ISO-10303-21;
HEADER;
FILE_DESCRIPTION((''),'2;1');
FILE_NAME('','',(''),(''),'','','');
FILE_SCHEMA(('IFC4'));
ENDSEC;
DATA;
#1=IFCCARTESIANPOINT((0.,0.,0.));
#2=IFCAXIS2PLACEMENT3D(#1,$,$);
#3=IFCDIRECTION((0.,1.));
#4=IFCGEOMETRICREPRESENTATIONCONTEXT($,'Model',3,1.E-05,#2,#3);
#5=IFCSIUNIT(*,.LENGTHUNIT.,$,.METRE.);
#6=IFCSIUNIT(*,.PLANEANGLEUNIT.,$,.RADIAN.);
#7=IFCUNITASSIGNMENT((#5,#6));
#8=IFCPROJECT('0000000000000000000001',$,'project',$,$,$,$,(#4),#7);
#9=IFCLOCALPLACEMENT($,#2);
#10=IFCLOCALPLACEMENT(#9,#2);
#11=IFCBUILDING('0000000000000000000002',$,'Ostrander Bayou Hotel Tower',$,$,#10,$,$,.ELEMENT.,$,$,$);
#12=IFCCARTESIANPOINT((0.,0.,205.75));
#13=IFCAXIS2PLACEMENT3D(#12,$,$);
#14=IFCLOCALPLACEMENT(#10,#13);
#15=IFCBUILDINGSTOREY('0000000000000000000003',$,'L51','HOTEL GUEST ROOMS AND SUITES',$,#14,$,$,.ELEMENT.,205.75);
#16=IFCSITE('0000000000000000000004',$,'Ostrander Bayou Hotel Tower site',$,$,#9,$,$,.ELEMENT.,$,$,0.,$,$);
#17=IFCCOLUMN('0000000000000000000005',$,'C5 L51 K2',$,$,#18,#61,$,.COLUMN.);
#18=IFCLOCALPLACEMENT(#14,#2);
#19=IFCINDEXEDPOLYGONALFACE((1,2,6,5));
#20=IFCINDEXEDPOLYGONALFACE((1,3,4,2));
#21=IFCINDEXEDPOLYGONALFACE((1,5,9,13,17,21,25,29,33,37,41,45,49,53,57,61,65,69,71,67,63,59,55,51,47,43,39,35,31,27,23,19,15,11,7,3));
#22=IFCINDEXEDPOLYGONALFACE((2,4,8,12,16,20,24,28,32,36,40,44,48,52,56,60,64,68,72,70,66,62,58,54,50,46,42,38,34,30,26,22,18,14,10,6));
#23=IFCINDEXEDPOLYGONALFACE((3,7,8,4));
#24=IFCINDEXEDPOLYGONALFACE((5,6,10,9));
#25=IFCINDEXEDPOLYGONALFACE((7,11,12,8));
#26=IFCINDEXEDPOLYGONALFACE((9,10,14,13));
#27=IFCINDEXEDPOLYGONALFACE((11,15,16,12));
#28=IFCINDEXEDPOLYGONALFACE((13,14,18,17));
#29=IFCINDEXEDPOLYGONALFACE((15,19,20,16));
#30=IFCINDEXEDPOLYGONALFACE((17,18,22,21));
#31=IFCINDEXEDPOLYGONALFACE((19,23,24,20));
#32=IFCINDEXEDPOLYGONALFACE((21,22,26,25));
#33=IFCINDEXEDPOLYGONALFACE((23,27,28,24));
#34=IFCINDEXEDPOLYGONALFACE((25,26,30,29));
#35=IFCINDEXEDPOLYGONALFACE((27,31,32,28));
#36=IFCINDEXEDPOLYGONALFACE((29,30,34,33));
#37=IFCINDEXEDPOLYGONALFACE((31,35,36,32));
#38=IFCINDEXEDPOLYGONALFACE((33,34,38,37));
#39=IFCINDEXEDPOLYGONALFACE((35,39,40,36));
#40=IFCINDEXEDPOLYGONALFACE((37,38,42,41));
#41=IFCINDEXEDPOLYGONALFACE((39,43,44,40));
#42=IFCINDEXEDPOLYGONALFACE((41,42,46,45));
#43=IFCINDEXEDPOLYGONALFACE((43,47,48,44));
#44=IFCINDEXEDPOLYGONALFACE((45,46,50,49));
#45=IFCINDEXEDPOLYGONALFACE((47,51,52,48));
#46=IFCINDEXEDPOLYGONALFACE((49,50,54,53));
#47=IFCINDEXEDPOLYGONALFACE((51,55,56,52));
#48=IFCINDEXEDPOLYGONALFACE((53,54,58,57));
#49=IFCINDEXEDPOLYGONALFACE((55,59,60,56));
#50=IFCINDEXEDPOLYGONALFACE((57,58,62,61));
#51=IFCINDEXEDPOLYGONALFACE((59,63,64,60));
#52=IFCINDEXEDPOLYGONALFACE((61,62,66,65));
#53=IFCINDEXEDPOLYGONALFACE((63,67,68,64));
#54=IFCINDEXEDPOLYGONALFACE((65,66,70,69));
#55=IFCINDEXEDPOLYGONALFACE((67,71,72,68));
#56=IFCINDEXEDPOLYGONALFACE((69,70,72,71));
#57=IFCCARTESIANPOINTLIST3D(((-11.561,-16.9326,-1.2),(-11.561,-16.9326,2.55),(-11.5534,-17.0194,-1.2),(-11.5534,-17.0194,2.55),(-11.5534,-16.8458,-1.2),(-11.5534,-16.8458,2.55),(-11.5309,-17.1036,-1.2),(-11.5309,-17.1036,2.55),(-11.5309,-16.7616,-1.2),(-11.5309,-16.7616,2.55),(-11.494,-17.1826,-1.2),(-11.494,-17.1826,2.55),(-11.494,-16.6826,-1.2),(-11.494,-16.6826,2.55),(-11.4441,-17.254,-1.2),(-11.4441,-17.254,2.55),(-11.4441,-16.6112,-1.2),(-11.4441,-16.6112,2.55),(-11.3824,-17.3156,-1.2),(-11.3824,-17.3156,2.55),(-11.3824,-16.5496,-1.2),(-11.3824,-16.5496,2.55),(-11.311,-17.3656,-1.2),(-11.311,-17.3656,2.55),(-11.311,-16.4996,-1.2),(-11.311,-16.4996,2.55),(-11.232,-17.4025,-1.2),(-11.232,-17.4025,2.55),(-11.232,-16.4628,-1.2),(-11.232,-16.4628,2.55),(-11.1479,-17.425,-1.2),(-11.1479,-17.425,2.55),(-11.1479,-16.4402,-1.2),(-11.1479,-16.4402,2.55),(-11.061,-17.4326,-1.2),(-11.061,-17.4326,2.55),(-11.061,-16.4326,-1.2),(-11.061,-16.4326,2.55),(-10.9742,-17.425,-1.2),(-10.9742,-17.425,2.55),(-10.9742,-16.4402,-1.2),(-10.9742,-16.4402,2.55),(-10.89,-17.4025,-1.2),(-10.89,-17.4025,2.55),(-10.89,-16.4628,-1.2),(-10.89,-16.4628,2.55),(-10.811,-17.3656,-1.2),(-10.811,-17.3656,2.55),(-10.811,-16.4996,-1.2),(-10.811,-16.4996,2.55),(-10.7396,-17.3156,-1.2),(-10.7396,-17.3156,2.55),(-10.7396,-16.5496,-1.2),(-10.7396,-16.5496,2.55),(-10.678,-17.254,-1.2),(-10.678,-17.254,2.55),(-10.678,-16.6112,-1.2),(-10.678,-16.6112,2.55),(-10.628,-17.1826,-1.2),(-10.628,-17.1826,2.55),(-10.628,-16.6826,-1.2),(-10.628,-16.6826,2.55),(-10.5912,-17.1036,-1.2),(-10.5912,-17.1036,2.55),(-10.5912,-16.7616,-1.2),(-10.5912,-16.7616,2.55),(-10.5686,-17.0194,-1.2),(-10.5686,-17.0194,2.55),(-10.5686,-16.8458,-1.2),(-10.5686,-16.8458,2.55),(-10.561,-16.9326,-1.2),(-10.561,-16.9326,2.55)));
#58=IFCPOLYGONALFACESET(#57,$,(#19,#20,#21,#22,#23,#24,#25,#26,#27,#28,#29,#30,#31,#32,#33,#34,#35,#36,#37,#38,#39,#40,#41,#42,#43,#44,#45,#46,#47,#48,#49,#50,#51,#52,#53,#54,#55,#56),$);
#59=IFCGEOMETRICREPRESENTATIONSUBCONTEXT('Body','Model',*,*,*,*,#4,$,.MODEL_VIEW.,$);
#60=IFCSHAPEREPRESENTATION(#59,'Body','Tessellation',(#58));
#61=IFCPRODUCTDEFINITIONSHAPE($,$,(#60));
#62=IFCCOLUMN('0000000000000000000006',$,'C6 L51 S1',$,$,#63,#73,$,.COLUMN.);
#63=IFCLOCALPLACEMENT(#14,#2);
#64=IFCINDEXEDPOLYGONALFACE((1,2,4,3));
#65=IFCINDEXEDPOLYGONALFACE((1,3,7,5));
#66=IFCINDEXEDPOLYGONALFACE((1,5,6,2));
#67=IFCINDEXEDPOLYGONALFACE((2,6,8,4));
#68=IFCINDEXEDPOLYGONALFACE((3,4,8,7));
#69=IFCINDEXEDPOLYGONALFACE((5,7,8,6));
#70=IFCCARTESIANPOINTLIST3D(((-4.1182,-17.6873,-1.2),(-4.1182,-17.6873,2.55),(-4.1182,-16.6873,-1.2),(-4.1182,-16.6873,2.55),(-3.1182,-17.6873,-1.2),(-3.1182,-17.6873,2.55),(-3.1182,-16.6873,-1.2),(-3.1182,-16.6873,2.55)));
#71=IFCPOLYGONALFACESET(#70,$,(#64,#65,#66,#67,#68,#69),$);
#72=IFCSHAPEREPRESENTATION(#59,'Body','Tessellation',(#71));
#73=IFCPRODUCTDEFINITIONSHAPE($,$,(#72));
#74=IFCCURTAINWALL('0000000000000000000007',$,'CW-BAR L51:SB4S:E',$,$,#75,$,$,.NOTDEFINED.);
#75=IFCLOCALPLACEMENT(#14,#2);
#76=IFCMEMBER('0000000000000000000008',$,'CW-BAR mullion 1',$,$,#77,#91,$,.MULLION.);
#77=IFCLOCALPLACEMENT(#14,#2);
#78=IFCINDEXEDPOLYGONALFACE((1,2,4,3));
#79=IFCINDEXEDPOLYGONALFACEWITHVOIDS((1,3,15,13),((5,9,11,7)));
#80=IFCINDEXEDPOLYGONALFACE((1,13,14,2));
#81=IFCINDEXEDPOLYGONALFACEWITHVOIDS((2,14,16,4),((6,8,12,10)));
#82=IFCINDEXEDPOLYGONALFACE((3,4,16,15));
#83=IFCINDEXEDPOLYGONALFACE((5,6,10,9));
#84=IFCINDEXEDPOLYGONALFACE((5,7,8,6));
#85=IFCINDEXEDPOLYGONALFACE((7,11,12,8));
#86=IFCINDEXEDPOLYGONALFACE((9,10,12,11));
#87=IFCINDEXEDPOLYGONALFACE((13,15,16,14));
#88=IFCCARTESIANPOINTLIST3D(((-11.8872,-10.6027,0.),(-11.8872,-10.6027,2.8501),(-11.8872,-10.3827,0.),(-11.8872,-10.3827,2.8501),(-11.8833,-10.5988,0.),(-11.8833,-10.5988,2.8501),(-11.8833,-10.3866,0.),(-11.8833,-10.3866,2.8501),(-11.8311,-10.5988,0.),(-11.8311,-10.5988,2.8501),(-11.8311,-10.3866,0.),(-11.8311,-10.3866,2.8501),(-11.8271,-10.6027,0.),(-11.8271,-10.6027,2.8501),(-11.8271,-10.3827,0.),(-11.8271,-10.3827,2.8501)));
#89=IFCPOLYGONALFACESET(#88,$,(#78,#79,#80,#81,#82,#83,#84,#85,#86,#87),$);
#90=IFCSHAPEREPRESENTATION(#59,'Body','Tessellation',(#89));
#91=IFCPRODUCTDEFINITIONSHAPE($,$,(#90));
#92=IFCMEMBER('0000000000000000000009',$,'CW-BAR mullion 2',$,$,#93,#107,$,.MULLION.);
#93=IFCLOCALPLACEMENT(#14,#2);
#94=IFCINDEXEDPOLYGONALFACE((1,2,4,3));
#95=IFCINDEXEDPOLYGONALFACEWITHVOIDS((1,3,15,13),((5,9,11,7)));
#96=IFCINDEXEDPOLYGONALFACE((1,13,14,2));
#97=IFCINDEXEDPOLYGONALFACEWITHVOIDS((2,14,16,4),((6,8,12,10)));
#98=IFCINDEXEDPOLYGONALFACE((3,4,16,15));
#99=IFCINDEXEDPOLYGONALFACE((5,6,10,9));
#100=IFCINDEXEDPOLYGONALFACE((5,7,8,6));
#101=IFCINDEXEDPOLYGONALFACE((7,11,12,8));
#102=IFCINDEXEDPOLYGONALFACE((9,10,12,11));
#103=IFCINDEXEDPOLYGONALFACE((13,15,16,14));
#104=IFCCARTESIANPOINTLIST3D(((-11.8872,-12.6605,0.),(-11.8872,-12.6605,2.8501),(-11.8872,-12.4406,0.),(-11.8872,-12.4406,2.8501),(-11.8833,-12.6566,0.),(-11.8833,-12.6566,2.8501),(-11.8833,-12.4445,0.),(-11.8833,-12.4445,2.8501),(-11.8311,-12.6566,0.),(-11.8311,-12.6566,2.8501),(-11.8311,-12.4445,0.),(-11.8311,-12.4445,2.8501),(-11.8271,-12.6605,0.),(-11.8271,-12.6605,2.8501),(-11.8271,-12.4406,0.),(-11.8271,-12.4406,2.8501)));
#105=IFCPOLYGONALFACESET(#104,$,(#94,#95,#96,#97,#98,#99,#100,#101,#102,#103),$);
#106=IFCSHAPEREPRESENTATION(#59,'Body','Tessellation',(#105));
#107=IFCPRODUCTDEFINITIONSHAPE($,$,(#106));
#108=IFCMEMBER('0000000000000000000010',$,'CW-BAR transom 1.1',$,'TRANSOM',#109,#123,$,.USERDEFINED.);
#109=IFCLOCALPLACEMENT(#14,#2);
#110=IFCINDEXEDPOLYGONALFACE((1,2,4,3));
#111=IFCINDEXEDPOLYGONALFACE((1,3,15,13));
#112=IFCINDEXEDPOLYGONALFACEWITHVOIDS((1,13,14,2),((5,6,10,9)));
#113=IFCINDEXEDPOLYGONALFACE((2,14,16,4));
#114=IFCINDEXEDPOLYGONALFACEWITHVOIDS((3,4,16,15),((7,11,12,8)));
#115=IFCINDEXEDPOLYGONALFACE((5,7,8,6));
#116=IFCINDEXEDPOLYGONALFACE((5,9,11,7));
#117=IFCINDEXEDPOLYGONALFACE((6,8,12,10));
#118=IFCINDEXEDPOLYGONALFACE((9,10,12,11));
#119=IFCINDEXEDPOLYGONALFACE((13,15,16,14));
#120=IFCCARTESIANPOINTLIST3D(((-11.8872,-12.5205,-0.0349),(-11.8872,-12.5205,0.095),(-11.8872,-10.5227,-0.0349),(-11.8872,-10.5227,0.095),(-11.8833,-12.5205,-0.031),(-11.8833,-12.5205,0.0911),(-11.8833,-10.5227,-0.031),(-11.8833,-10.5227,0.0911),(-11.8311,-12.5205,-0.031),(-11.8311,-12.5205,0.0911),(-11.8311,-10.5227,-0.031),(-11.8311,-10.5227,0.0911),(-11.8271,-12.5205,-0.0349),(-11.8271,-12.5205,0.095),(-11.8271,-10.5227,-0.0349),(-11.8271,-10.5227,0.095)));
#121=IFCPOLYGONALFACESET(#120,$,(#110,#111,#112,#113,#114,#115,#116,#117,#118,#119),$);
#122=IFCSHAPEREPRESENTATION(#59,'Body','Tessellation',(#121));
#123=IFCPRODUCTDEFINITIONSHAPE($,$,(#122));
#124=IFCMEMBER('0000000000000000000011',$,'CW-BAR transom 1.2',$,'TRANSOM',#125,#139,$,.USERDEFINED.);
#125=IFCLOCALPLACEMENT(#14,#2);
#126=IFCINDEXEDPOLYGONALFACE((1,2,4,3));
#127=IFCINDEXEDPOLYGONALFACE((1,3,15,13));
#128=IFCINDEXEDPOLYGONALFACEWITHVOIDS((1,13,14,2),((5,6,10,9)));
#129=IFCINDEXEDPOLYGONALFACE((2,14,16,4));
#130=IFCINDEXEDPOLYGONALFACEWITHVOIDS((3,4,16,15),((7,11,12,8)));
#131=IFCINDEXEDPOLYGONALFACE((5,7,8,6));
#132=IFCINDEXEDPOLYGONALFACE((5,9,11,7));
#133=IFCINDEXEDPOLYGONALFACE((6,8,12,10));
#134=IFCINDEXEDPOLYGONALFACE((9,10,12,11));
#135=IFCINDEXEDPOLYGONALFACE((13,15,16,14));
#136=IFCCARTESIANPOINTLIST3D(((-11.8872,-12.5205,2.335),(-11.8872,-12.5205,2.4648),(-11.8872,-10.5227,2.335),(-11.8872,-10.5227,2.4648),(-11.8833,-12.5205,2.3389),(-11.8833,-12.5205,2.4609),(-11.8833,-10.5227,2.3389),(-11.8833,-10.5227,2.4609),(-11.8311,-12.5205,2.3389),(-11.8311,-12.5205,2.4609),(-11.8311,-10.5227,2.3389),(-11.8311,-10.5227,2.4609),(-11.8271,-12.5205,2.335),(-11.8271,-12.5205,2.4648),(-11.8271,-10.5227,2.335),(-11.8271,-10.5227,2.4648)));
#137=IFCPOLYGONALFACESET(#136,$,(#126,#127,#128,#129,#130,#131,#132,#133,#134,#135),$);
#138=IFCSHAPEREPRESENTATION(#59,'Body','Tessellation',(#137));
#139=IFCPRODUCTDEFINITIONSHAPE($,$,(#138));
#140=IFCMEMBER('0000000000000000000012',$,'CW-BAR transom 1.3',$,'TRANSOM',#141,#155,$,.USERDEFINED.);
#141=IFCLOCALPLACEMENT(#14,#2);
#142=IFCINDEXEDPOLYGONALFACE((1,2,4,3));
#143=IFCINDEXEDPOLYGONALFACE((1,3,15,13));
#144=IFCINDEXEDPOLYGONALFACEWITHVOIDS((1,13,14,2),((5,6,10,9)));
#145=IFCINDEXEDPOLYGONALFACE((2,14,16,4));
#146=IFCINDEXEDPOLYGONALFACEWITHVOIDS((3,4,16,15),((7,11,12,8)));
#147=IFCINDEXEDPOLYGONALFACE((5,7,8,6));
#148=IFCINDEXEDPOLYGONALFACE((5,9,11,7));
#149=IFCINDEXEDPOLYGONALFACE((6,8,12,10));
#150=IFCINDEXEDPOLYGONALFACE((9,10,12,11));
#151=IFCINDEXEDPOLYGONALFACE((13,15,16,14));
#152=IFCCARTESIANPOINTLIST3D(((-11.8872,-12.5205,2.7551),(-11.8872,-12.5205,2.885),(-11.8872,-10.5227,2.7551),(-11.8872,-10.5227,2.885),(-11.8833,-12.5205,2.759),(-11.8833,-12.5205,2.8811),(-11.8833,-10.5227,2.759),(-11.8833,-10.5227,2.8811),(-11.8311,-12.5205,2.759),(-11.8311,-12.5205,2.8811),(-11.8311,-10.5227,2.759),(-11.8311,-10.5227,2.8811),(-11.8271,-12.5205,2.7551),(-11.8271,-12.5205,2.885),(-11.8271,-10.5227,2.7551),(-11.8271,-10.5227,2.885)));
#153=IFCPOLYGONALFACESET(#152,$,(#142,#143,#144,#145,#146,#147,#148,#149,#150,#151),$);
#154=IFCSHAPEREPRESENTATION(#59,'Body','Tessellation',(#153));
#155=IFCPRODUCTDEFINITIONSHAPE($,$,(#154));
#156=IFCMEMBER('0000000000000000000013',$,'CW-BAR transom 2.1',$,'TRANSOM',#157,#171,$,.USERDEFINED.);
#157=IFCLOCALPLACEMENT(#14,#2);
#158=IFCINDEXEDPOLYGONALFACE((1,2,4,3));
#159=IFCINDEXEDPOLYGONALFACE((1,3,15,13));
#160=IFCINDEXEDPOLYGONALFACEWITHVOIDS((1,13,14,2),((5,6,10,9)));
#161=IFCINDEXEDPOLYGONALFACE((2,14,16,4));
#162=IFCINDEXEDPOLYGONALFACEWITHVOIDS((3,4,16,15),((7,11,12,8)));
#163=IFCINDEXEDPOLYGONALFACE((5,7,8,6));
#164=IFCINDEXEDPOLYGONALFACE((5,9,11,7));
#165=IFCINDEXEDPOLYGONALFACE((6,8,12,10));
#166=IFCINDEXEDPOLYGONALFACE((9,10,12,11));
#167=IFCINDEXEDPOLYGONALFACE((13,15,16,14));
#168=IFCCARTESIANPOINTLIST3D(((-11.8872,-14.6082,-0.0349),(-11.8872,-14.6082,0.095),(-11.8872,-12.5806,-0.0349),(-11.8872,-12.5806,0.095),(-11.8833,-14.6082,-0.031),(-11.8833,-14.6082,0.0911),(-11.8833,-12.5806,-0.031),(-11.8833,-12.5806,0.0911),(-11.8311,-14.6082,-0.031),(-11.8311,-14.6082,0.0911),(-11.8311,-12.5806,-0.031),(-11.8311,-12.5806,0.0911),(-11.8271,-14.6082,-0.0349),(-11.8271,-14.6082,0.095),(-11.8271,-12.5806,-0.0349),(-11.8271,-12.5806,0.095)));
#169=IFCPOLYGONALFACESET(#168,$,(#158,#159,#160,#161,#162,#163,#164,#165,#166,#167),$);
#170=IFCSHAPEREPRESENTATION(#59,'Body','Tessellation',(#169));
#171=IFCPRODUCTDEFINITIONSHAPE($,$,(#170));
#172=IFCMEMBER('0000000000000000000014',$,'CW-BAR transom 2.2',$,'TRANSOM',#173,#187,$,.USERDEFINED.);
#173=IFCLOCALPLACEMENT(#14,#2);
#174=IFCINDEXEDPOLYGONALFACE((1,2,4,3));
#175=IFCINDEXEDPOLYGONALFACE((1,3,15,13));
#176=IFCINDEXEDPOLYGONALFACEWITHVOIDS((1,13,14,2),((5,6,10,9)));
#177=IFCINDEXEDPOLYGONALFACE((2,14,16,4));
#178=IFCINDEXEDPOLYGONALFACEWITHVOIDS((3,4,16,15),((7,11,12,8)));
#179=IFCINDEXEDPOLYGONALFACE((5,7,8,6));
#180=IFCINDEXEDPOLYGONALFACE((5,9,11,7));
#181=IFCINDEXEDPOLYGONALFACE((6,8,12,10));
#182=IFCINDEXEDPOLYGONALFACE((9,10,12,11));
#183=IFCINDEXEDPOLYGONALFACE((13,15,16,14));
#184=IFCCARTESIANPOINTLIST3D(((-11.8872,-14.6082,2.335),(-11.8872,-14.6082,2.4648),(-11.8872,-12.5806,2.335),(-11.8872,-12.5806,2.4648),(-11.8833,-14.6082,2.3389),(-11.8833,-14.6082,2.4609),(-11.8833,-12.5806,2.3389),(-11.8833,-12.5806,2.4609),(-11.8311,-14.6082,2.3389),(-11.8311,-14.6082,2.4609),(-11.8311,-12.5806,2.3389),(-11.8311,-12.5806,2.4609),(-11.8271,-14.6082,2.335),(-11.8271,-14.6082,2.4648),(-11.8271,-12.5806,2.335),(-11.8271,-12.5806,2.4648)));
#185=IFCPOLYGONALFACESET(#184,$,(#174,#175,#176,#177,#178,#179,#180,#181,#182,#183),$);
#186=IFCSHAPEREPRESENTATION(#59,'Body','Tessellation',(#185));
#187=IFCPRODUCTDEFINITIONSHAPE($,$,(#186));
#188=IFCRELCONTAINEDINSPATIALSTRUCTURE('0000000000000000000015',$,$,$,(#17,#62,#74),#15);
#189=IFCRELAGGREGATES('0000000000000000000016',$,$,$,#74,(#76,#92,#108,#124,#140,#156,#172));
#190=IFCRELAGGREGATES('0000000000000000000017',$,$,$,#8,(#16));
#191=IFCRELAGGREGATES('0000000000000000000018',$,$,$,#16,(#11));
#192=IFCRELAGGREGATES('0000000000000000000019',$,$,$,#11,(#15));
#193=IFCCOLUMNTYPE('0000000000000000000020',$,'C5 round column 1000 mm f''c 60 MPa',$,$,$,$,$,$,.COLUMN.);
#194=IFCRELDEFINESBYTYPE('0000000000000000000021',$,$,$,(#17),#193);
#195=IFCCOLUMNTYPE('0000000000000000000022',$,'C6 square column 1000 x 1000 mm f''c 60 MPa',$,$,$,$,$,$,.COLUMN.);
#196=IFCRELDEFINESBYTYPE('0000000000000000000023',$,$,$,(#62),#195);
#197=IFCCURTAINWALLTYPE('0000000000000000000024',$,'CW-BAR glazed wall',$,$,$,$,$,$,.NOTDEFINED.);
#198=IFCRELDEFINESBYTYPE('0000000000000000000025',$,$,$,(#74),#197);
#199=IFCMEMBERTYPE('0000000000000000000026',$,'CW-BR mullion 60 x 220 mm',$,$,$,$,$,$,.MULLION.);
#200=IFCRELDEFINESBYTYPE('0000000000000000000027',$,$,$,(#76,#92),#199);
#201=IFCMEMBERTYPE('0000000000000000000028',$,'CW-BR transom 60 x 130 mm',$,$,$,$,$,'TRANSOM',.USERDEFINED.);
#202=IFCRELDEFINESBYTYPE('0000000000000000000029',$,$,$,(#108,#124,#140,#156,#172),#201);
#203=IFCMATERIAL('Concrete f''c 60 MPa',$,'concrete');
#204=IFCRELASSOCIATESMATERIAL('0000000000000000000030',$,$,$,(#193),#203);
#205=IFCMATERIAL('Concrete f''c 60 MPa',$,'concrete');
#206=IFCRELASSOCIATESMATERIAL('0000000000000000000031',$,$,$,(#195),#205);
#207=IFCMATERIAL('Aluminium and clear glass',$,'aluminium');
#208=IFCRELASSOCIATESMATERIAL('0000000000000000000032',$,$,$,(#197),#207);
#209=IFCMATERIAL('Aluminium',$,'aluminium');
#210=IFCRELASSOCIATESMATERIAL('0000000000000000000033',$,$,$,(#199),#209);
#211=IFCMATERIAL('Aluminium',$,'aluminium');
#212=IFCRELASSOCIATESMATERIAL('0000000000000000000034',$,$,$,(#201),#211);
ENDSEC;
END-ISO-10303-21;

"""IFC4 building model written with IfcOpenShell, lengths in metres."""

from ifc_helpers import new_model, si_unit, direction, frame, origin, origin_2d, place, context, subcontext, project, spatial, rectangle, hollow_rectangle, circle, extrude, material, material_profile, profile_set, type_object, element, aggregate, save


model = new_model("IFC4")

# Units and contexts
model_context = context("Model", 3, precision=1e-05, world=origin(), true_north=direction((0.0, 1.0)))
body_context = subcontext(model_context, "Body", "Model", "MODEL_VIEW")
ifc_project = project(units=[si_unit("LENGTHUNIT", "METRE"), si_unit("PLANEANGLEUNIT", "RADIAN")], contexts=[model_context])

# Site, building, storey
site_placement = place(None, origin())
site = spatial("IfcSite", under=ifc_project, at=site_placement, Name="Ostrander Bayou Hotel Tower site", CompositionType="ELEMENT", RefElevation=0.0)
building_placement = place(site_placement, origin())
building = spatial("IfcBuilding", under=site, at=building_placement, Name="Ostrander Bayou Hotel Tower", CompositionType="ELEMENT")
storey_placement = place(building_placement, frame((0.0, 0.0, 205.75)))
storey = spatial("IfcBuildingStorey", under=building, at=storey_placement, Name="L51", Description="HOTEL GUEST ROOMS AND SUITES", CompositionType="ELEMENT", Elevation=205.75)

# Columns
ifc_material_1 = material(Name="Concrete f'c 60 MPa", Category="concrete")
ifc_material_profile_1 = material_profile(ifc_material_1, circle(Radius=0.5, at=origin_2d()))
ifc_profile_set_1 = profile_set([ifc_material_profile_1], Name="Concrete f'c 60 MPa")
column_type_1 = type_object("IfcColumnType", Name="C5 round column 1000 mm f'c 60 MPa", PredefinedType="COLUMN", material=ifc_profile_set_1)
column_1_placement = place(storey_placement, frame((-11.061, -16.9326, -1.2), z_axis=(0.0, 0.0, 1.0), x_axis=(1.0, 0.0, 0.0)))
element("IfcColumn", 1, at=column_1_placement, inside=storey, type_object=column_type_1, Name="C5 L51 K2", PredefinedType="COLUMN", context=body_context, shape_type="SweptSolid", body=[
    extrude(circle(Radius=0.5, at=origin_2d()), origin(), (0.0, 0.0, 1.0), 3.75),
])
ifc_material_2 = material(Name="Concrete f'c 60 MPa", Category="concrete")
ifc_material_profile_2 = material_profile(ifc_material_2, rectangle(XDim=1.0, YDim=1.0, at=origin_2d()))
ifc_profile_set_2 = profile_set([ifc_material_profile_2], Name="Concrete f'c 60 MPa")
column_type_2 = type_object("IfcColumnType", Name="C6 square column 1000 x 1000 mm f'c 60 MPa", PredefinedType="COLUMN", material=ifc_profile_set_2)
column_2_placement = place(storey_placement, frame((-3.6182, -17.1873, -1.2), z_axis=(0.0, 0.0, 1.0), x_axis=(-1.0, 0.0, 0.0)))
element("IfcColumn", 2, at=column_2_placement, inside=storey, type_object=column_type_2, Name="C6 L51 S1", PredefinedType="COLUMN", context=body_context, shape_type="SweptSolid", body=[
    extrude(rectangle(XDim=1.0, YDim=1.0, at=origin_2d()), origin(), (0.0, 0.0, 1.0), 3.75),
])

# Curtain wall, members
ifc_material_3 = material(Name="Aluminium and clear glass", Category="aluminium")
curtain_wall_type = type_object("IfcCurtainWallType", Name="CW-BAR glazed wall", PredefinedType="NOTDEFINED", material=ifc_material_3)
curtain_wall_placement = place(storey_placement, origin())
curtain_wall = element("IfcCurtainWall", 3, at=curtain_wall_placement, inside=storey, type_object=curtain_wall_type, Name="CW-BAR L51:SB4S:E", PredefinedType="NOTDEFINED")
ifc_material_4 = material(Name="Aluminium", Category="aluminium")
ifc_material_profile_3 = material_profile(ifc_material_4, hollow_rectangle(XDim=0.0601, YDim=0.22, WallThickness=0.0039, at=origin_2d()))
ifc_profile_set_3 = profile_set([ifc_material_profile_3], Name="Aluminium")
member_type_1 = type_object("IfcMemberType", Name="CW-BR mullion 60 x 220 mm", PredefinedType="MULLION", material=ifc_profile_set_3)
member_1_placement = place(storey_placement, frame((-11.8572, -10.4927, 0.0), z_axis=(0.0, 0.0, 1.0), x_axis=(1.0, 0.0, 0.0)))
member_1 = element("IfcMember", 4, at=member_1_placement, type_object=member_type_1, Name="CW-BAR mullion 1", PredefinedType="MULLION", context=body_context, shape_type="SweptSolid", body=[
    extrude(hollow_rectangle(XDim=0.0601, YDim=0.22, WallThickness=0.0039, at=origin_2d()), origin(), (0.0, 0.0, 1.0), 2.8501),
])
member_2_placement = place(storey_placement, frame((-11.8572, -12.5505, 0.0), z_axis=(0.0, 0.0, 1.0), x_axis=(1.0, 0.0, 0.0)))
member_2 = element("IfcMember", 5, at=member_2_placement, type_object=member_type_1, Name="CW-BAR mullion 2", PredefinedType="MULLION", context=body_context, shape_type="SweptSolid", body=[
    extrude(hollow_rectangle(XDim=0.0601, YDim=0.22, WallThickness=0.0039, at=origin_2d()), origin(), (0.0, 0.0, 1.0), 2.8501),
])
ifc_material_5 = material(Name="Aluminium", Category="aluminium")
ifc_material_profile_4 = material_profile(ifc_material_5, hollow_rectangle(XDim=0.0601, YDim=0.1299, WallThickness=0.0039, at=origin_2d()))
ifc_profile_set_4 = profile_set([ifc_material_profile_4], Name="Aluminium")
member_type_2 = type_object("IfcMemberType", Name="CW-BR transom 60 x 130 mm", ElementType="TRANSOM", PredefinedType="USERDEFINED", material=ifc_profile_set_4)
member_3_placement = place(storey_placement, frame((-11.8572, -10.5227, 0.03), z_axis=(0.0, -1.0, 0.0), x_axis=(1.0, 0.0, 0.0)))
member_3 = element("IfcMember", 6, at=member_3_placement, type_object=member_type_2, Name="CW-BAR transom 1.1", ObjectType="TRANSOM", PredefinedType="USERDEFINED", context=body_context, shape_type="SweptSolid", body=[
    extrude(hollow_rectangle(XDim=0.0601, YDim=0.1299, WallThickness=0.0039, at=origin_2d()), origin(), (0.0, 0.0, 1.0), 1.9978),
])
member_4_placement = place(storey_placement, frame((-11.8572, -10.5227, 2.3999), z_axis=(0.0, -1.0, 0.0), x_axis=(1.0, 0.0, 0.0)))
member_4 = element("IfcMember", 7, at=member_4_placement, type_object=member_type_2, Name="CW-BAR transom 1.2", ObjectType="TRANSOM", PredefinedType="USERDEFINED", context=body_context, shape_type="SweptSolid", body=[
    extrude(hollow_rectangle(XDim=0.0601, YDim=0.1299, WallThickness=0.0039, at=origin_2d()), origin(), (0.0, 0.0, 1.0), 1.9978),
])
member_5_placement = place(storey_placement, frame((-11.8572, -10.5227, 2.8201), z_axis=(0.0, -1.0, 0.0), x_axis=(1.0, 0.0, 0.0)))
member_5 = element("IfcMember", 8, at=member_5_placement, type_object=member_type_2, Name="CW-BAR transom 1.3", ObjectType="TRANSOM", PredefinedType="USERDEFINED", context=body_context, shape_type="SweptSolid", body=[
    extrude(hollow_rectangle(XDim=0.0601, YDim=0.1299, WallThickness=0.0039, at=origin_2d()), origin(), (0.0, 0.0, 1.0), 1.9978),
])
member_6_placement = place(storey_placement, frame((-11.8572, -12.5806, 0.03), z_axis=(0.0, -1.0, 0.0), x_axis=(1.0, 0.0, 0.0)))
member_6 = element("IfcMember", 9, at=member_6_placement, type_object=member_type_2, Name="CW-BAR transom 2.1", ObjectType="TRANSOM", PredefinedType="USERDEFINED", context=body_context, shape_type="SweptSolid", body=[
    extrude(hollow_rectangle(XDim=0.0601, YDim=0.1299, WallThickness=0.0039, at=origin_2d()), origin(), (0.0, 0.0, 1.0), 2.0276),
])
member_7_placement = place(storey_placement, frame((-11.8572, -12.5806, 2.3999), z_axis=(0.0, -1.0, 0.0), x_axis=(1.0, 0.0, 0.0)))
member_7 = element("IfcMember", 10, at=member_7_placement, type_object=member_type_2, Name="CW-BAR transom 2.2", ObjectType="TRANSOM", PredefinedType="USERDEFINED", context=body_context, shape_type="SweptSolid", body=[
    extrude(hollow_rectangle(XDim=0.0601, YDim=0.1299, WallThickness=0.0039, at=origin_2d()), origin(), (0.0, 0.0, 1.0), 2.0276),
])
aggregate(curtain_wall, [member_1, member_2, member_3, member_4, member_5, member_6, member_7])

save(model, "model.ifc")
